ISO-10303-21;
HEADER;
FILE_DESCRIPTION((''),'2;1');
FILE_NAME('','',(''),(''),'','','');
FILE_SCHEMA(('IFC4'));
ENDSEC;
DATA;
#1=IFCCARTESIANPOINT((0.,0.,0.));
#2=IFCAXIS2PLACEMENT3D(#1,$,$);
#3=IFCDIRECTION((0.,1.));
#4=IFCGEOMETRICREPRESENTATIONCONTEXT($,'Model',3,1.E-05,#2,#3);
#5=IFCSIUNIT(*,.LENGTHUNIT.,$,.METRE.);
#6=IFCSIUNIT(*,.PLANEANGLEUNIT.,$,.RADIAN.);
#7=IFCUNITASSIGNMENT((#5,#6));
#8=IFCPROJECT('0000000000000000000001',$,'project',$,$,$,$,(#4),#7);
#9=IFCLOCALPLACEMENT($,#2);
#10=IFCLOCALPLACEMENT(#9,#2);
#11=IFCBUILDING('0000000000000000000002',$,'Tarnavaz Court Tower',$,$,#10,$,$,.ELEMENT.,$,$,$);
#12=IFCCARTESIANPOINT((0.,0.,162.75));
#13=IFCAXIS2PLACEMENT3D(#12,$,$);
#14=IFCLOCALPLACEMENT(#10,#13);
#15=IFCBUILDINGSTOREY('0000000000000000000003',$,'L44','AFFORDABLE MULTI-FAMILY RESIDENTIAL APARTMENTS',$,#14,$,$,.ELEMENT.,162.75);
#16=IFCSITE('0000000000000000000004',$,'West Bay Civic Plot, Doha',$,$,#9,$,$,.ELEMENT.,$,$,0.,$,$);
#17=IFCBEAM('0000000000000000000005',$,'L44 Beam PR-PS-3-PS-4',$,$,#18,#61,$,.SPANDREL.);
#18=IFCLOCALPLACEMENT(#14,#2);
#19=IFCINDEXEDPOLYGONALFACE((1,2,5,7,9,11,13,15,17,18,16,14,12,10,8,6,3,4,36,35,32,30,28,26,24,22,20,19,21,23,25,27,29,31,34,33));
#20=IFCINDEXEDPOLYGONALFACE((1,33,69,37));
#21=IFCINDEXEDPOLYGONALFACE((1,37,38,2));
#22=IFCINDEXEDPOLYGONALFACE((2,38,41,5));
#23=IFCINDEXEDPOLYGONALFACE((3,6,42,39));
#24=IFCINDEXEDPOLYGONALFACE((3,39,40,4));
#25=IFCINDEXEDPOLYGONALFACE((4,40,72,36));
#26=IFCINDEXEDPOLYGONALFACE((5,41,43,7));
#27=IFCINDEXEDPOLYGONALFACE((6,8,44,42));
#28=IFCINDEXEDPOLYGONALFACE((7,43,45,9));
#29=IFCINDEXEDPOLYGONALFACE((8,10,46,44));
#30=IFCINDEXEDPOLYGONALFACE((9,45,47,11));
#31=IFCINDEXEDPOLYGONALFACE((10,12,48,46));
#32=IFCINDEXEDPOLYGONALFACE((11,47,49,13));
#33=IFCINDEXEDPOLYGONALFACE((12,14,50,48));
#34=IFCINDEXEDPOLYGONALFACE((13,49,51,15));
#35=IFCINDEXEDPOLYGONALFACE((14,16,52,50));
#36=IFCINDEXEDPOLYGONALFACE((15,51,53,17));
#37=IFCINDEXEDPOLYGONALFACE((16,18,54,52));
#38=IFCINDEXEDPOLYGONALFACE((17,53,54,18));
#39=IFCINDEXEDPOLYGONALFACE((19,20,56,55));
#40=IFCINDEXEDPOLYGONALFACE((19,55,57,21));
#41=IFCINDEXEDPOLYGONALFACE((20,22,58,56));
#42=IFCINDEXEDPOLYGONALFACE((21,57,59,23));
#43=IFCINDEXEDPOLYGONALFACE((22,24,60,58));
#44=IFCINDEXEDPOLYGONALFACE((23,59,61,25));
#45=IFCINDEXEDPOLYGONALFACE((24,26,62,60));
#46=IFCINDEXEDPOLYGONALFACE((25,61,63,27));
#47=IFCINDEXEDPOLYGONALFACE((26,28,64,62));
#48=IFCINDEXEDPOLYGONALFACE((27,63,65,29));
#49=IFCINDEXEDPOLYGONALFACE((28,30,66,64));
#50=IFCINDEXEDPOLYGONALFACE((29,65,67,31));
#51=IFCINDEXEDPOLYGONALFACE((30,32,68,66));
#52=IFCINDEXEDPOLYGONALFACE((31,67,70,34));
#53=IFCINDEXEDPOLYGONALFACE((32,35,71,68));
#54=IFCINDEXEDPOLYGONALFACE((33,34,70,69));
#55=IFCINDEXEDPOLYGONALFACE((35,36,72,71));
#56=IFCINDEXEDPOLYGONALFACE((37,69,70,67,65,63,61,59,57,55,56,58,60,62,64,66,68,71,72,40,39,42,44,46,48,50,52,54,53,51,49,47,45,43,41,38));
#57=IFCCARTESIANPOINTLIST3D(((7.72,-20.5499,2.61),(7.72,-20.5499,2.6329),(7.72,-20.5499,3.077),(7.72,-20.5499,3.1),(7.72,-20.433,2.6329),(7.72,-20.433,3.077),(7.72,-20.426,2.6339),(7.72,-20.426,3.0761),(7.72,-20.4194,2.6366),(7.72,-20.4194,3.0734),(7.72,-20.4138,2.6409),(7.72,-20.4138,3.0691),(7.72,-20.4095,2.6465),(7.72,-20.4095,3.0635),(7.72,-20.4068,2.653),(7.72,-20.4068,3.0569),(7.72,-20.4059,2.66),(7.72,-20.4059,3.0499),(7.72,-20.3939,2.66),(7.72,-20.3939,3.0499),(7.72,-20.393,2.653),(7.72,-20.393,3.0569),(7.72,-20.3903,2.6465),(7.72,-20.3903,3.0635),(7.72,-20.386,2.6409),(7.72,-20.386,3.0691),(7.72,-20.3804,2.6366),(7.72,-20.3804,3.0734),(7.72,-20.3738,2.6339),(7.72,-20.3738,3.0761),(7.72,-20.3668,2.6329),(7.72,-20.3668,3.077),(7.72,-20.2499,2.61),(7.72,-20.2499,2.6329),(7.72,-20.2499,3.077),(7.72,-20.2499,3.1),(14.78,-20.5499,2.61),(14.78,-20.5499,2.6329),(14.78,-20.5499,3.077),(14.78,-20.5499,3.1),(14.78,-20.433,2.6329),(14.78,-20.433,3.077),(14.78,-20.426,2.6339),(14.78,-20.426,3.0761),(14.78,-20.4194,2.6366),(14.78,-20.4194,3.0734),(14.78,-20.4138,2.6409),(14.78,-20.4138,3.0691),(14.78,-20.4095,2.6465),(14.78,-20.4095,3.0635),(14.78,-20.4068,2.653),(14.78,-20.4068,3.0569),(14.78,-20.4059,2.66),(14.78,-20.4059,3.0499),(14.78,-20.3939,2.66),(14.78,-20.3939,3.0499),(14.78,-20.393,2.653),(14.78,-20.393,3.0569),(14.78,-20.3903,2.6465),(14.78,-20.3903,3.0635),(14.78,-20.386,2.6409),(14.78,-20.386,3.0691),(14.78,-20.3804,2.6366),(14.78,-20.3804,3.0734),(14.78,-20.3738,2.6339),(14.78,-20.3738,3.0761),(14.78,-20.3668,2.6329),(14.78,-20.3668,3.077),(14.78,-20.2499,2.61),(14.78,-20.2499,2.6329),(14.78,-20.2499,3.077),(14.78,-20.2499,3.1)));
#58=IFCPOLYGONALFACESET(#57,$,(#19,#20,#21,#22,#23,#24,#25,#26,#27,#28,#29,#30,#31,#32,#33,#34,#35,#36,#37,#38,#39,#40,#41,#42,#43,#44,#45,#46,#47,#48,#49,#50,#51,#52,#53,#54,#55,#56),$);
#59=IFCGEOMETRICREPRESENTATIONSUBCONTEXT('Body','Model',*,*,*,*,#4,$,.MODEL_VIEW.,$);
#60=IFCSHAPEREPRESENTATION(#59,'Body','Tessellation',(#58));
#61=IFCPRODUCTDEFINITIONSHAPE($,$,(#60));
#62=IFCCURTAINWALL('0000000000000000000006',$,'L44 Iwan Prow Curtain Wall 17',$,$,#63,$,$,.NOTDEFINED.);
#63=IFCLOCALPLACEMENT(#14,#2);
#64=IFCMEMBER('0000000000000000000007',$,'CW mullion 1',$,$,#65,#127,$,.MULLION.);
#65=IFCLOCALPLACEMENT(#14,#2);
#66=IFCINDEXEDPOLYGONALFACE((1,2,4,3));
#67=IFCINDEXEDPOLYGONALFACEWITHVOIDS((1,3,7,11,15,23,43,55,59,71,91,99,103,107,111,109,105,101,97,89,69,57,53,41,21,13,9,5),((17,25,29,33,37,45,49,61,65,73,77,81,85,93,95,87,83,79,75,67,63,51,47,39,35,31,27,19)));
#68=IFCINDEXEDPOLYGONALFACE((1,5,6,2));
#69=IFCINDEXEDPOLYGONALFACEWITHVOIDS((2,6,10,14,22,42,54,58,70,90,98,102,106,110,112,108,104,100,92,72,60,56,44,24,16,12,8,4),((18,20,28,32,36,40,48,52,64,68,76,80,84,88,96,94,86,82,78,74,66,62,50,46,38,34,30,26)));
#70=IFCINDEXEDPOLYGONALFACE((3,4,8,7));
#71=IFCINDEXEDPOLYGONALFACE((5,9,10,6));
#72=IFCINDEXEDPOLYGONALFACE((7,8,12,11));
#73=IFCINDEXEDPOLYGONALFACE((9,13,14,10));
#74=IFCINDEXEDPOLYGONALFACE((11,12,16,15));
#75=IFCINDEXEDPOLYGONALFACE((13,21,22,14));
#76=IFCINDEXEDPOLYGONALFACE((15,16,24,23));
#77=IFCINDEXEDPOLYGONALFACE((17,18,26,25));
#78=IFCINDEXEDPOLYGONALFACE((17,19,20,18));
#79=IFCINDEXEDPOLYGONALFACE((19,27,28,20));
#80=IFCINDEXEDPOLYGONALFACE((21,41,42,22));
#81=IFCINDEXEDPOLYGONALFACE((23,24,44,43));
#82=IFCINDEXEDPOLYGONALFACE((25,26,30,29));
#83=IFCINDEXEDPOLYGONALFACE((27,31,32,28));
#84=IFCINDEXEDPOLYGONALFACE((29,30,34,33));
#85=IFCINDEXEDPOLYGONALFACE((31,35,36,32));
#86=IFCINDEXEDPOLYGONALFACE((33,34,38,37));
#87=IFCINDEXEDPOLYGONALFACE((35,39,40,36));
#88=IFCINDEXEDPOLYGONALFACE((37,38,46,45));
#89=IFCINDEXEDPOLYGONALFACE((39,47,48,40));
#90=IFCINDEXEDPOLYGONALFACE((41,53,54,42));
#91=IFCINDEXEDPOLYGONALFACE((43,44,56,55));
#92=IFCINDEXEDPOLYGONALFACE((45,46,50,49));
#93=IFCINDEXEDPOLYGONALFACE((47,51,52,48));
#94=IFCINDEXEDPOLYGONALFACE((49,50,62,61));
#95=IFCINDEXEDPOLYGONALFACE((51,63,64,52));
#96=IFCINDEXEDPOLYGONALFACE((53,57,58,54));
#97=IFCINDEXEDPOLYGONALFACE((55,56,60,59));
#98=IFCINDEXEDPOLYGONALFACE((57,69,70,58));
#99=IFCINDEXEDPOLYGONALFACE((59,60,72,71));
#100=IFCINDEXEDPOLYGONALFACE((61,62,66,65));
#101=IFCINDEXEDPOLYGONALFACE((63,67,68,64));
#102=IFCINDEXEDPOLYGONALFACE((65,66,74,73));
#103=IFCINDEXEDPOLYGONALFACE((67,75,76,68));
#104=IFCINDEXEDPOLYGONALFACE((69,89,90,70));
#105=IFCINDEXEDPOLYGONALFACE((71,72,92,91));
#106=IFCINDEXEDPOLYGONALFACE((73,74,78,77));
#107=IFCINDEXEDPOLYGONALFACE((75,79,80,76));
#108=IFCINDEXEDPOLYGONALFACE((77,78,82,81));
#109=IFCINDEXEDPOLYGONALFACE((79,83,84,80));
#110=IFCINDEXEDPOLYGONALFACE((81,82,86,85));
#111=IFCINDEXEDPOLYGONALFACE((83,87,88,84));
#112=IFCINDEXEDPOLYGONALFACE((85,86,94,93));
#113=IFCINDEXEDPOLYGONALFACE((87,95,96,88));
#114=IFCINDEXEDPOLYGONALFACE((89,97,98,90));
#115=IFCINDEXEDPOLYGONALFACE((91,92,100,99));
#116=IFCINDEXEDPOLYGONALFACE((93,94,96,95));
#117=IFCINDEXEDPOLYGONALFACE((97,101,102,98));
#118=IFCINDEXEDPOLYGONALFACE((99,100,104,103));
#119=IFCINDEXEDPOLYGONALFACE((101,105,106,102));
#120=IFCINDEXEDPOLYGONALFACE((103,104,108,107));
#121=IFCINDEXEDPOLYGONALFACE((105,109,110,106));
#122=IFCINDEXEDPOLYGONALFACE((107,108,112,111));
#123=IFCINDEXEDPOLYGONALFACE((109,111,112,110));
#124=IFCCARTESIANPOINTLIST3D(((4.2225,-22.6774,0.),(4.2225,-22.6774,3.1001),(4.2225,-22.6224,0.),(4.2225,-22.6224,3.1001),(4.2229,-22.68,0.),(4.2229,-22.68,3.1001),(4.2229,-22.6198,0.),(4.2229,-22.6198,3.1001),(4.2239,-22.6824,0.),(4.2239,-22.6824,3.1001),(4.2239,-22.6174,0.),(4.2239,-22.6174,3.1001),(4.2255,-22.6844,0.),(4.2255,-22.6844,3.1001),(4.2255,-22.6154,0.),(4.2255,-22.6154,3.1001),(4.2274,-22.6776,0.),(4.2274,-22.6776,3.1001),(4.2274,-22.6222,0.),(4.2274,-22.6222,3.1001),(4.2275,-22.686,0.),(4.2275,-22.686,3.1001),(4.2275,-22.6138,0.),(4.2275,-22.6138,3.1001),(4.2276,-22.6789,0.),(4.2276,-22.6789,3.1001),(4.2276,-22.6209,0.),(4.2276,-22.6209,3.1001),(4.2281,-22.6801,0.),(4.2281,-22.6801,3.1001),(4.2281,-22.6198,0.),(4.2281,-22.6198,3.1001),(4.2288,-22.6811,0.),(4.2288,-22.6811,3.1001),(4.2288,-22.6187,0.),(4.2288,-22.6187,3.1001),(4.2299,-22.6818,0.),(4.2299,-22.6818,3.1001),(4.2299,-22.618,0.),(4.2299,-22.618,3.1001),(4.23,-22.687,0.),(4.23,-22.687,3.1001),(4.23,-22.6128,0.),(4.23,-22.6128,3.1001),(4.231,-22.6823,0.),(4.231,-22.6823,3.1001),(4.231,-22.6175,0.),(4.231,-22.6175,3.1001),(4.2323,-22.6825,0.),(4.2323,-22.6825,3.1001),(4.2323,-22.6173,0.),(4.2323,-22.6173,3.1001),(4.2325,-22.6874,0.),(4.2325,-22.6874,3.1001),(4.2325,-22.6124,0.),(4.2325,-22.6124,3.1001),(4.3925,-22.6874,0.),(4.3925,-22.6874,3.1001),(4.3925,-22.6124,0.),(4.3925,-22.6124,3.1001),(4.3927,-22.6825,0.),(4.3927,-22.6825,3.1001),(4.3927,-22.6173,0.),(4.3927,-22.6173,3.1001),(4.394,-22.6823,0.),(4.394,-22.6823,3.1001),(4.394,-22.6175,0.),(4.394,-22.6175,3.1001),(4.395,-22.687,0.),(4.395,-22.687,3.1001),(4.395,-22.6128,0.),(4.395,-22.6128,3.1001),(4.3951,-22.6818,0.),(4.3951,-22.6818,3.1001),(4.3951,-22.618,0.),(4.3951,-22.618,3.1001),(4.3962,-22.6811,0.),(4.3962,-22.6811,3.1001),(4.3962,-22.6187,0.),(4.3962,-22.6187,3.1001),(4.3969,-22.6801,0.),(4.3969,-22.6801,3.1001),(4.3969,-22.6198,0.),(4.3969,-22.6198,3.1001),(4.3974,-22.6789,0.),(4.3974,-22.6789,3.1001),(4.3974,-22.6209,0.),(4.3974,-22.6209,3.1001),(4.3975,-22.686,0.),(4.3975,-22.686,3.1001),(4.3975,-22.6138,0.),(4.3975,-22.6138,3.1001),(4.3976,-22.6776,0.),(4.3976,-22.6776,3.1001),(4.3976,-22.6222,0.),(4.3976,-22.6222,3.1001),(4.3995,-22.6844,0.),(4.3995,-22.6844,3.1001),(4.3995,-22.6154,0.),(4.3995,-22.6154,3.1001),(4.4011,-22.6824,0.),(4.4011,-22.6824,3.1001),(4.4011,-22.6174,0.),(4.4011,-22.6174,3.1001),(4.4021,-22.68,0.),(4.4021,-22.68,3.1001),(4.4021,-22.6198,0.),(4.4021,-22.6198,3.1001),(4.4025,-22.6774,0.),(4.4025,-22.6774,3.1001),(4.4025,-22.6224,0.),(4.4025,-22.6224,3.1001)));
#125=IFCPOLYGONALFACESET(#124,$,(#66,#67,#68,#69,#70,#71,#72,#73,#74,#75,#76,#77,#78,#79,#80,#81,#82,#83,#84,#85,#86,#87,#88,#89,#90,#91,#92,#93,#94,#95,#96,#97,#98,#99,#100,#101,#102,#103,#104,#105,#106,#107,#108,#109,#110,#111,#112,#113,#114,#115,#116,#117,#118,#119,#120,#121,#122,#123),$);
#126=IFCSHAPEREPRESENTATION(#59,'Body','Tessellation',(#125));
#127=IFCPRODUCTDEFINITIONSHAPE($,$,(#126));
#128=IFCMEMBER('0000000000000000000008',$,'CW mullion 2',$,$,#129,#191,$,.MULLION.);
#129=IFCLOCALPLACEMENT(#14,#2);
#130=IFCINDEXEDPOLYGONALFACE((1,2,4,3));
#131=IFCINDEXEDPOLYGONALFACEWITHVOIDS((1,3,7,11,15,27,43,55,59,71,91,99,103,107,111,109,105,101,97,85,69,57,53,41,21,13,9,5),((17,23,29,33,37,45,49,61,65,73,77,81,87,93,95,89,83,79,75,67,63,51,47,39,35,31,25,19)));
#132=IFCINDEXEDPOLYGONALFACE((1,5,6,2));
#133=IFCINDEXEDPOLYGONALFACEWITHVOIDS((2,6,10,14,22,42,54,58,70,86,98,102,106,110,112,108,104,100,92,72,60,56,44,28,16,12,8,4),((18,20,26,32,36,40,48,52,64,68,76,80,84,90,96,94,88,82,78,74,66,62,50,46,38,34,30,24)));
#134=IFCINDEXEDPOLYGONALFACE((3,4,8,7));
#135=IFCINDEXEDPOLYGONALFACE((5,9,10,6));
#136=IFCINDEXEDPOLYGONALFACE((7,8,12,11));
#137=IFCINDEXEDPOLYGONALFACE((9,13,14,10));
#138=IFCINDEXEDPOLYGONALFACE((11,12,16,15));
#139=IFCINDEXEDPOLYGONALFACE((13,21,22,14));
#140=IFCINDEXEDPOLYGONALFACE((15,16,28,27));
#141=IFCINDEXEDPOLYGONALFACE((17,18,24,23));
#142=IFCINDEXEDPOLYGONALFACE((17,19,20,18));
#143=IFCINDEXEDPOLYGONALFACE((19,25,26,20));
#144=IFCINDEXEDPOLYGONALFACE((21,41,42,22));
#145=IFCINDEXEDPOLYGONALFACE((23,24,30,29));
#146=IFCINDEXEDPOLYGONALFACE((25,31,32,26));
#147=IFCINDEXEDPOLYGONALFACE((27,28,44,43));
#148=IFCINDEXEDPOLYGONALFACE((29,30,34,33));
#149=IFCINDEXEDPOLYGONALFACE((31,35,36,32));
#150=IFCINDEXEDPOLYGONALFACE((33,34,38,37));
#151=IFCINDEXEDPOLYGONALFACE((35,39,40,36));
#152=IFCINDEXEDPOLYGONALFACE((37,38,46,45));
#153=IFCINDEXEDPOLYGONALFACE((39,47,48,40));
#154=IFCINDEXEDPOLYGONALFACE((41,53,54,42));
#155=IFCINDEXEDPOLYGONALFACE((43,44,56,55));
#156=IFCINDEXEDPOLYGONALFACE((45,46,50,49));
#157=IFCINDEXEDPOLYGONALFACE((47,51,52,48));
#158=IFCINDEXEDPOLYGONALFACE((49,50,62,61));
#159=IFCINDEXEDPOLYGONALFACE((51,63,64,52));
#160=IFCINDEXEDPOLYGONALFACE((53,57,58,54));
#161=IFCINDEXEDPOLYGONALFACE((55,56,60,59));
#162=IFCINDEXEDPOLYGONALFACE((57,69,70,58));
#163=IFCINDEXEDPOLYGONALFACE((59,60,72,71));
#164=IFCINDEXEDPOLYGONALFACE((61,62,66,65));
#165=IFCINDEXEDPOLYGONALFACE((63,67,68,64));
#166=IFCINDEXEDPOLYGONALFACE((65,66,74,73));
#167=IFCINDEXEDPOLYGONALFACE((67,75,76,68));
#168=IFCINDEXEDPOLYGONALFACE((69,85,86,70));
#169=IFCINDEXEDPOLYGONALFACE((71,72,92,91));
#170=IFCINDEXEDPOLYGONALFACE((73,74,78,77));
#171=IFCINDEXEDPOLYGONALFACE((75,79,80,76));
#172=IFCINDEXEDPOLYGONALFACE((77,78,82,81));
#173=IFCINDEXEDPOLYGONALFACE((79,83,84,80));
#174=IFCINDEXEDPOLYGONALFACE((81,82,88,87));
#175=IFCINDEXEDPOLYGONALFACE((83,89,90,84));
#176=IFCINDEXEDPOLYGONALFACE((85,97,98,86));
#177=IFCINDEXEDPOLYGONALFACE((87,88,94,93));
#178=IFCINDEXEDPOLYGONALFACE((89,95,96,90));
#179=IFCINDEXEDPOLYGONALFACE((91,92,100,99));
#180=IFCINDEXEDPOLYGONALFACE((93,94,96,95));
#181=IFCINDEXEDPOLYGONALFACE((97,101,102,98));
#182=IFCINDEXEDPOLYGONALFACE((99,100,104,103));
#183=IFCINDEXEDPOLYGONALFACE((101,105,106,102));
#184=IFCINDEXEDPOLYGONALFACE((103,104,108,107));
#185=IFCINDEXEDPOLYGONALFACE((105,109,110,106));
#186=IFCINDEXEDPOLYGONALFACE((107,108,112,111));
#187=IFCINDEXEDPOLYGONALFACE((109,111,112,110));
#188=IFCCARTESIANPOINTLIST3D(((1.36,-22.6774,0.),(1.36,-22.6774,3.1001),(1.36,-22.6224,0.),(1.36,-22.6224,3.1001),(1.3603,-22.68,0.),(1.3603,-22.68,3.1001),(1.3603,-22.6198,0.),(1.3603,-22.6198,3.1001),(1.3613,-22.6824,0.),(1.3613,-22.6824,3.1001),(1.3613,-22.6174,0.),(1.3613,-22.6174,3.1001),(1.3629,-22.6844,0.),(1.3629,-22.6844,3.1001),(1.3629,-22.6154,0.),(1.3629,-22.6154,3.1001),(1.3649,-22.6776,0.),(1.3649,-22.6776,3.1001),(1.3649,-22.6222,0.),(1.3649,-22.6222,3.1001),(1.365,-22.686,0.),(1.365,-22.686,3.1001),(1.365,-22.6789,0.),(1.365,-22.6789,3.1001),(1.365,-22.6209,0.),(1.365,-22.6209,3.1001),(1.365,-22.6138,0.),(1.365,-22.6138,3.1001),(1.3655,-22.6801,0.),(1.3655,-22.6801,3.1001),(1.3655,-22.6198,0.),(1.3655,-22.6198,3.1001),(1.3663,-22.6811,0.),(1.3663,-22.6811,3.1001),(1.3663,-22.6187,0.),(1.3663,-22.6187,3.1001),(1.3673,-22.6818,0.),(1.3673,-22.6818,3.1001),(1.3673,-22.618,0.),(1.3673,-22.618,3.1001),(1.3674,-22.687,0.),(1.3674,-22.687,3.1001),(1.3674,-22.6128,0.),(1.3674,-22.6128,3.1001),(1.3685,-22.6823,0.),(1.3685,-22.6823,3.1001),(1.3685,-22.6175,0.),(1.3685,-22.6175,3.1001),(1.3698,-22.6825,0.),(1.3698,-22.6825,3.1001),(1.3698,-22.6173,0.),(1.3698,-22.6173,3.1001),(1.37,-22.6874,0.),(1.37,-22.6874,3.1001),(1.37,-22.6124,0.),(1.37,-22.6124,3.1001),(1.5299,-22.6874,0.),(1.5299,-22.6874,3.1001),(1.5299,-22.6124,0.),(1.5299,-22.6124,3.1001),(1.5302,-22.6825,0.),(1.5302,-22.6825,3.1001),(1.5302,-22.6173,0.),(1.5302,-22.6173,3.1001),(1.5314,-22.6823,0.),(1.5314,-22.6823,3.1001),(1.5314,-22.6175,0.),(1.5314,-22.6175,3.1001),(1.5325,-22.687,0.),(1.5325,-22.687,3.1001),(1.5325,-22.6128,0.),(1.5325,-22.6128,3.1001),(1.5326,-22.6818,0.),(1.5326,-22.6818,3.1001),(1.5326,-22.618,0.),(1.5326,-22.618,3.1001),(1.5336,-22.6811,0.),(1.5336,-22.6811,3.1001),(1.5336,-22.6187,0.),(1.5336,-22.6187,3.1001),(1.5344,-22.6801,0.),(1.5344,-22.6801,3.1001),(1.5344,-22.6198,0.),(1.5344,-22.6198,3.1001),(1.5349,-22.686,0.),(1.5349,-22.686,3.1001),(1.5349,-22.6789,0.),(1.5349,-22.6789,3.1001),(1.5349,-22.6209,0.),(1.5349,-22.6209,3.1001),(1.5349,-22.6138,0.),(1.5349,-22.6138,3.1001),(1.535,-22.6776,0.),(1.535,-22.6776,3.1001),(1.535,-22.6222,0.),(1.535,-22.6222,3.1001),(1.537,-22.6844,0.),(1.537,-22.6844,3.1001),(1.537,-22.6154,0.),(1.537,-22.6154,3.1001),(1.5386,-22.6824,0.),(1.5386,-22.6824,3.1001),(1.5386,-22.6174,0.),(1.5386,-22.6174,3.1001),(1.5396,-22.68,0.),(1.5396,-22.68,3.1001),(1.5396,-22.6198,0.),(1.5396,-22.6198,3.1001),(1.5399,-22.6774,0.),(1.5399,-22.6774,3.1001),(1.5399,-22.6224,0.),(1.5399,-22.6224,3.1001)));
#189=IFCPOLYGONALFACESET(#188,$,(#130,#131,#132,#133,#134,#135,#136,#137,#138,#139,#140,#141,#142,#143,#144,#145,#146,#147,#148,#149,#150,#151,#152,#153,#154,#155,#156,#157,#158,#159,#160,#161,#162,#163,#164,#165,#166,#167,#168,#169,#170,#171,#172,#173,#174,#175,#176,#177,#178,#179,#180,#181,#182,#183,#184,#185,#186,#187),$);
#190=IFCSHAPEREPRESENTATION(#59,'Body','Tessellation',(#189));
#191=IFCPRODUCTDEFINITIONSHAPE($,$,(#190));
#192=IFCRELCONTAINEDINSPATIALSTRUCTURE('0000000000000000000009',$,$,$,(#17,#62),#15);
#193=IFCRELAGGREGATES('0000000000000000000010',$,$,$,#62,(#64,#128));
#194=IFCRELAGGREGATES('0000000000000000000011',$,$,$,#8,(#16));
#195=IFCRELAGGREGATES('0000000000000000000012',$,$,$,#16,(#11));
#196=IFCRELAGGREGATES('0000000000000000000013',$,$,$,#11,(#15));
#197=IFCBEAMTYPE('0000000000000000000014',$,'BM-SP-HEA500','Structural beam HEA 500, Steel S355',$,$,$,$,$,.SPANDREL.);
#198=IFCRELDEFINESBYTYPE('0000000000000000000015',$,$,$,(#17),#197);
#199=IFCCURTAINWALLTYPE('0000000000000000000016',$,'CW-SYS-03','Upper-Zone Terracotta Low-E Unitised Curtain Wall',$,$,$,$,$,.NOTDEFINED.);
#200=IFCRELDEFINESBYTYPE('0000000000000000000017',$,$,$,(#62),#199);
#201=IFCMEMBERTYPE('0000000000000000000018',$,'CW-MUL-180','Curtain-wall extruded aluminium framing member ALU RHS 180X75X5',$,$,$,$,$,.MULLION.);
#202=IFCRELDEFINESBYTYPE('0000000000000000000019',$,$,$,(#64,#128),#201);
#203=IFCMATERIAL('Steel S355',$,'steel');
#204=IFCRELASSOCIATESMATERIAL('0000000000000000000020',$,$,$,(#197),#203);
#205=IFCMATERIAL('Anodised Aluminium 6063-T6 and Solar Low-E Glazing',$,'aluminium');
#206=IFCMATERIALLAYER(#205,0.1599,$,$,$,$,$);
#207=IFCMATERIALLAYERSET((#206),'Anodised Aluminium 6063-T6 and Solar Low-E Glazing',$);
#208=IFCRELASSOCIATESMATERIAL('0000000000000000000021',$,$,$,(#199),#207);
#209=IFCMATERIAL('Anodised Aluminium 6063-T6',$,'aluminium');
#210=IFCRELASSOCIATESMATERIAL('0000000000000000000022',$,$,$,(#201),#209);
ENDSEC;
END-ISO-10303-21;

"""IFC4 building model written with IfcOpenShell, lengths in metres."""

from ifc_helpers import new_model, si_unit, direction, frame, origin, origin_2d, place, context, subcontext, project, spatial, hollow_rectangle, i_section, extrude, material, layer, layer_set, material_profile, profile_set, type_object, element, aggregate, save


model = new_model("IFC4")

# Units and contexts
model_context = context("Model", 3, precision=1e-05, world=origin(), true_north=direction((0.0, 1.0)))
body_context = subcontext(model_context, "Body", "Model", "MODEL_VIEW")
ifc_project = project(units=[si_unit("LENGTHUNIT", "METRE"), si_unit("PLANEANGLEUNIT", "RADIAN")], contexts=[model_context])

# Site, building, storey
site_placement = place(None, origin())
site = spatial("IfcSite", under=ifc_project, at=site_placement, Name="West Bay Civic Plot, Doha", CompositionType="ELEMENT", RefElevation=0.0)
building_placement = place(site_placement, origin())
building = spatial("IfcBuilding", under=site, at=building_placement, Name="Tarnavaz Court Tower", CompositionType="ELEMENT")
storey_placement = place(building_placement, frame((0.0, 0.0, 162.75)))
storey = spatial("IfcBuildingStorey", under=building, at=storey_placement, Name="L44", Description="AFFORDABLE MULTI-FAMILY RESIDENTIAL APARTMENTS", CompositionType="ELEMENT", Elevation=162.75)

# Beam
ifc_material_1 = material(Name="Steel S355", Category="steel")
ifc_material_profile_1 = material_profile(ifc_material_1, i_section(OverallWidth=0.3, OverallDepth=0.49, WebThickness=0.012, FlangeThickness=0.0229, FilletRadius=0.0271, at=origin_2d()), Name="HEA 500")
ifc_profile_set_1 = profile_set([ifc_material_profile_1], Name="Steel S355")
beam_type_1 = type_object("IfcBeamType", Name="BM-SP-HEA500", Description="Structural beam HEA 500, Steel S355", PredefinedType="SPANDREL", material=ifc_profile_set_1)
beam_placement = place(storey_placement, frame((7.72, -20.3999, 2.855), z_axis=(1.0, 0.0, 0.0), x_axis=(0.0, 1.0, 0.0)))
element("IfcBeam", 1, at=beam_placement, inside=storey, type_object=beam_type_1, Name="L44 Beam PR-PS-3-PS-4", PredefinedType="SPANDREL", context=body_context, shape_type="SweptSolid", body=[
    extrude(i_section(OverallWidth=0.3, OverallDepth=0.49, WebThickness=0.012, FlangeThickness=0.0229, FilletRadius=0.0271, at=origin_2d()), origin(), (0.0, 0.0, 1.0), 7.0601),
])

# Curtain wall, members
ifc_material_2 = material(Name="Anodised Aluminium 6063-T6 and Solar Low-E Glazing", Category="aluminium")
ifc_layer_1 = layer(ifc_material_2, 0.1599)
ifc_layer_set_1 = layer_set([ifc_layer_1], Name="Anodised Aluminium 6063-T6 and Solar Low-E Glazing")
curtain_wall_type = type_object("IfcCurtainWallType", Name="CW-SYS-03", Description="Upper-Zone Terracotta Low-E Unitised Curtain Wall", PredefinedType="NOTDEFINED", material=ifc_layer_set_1)
curtain_wall_placement = place(storey_placement, origin())
curtain_wall = element("IfcCurtainWall", 2, at=curtain_wall_placement, inside=storey, type_object=curtain_wall_type, Name="L44 Iwan Prow Curtain Wall 17", PredefinedType="NOTDEFINED")
ifc_material_3 = material(Name="Anodised Aluminium 6063-T6", Category="aluminium")
ifc_material_profile_2 = material_profile(ifc_material_3, hollow_rectangle(XDim=0.075, YDim=0.1799, WallThickness=0.0049, InnerFilletRadius=0.0049, OuterFilletRadius=0.01, at=origin_2d()), Name="ALU RHS 180X75X5")
ifc_profile_set_2 = profile_set([ifc_material_profile_2], Name="Anodised Aluminium 6063-T6")
member_type_1 = type_object("IfcMemberType", Name="CW-MUL-180", Description="Curtain-wall extruded aluminium framing member ALU RHS 180X75X5", PredefinedType="MULLION", material=ifc_profile_set_2)
member_1_placement = place(storey_placement, frame((4.3125, -22.6499, 0.0), z_axis=(0.0, 0.0, 1.0), x_axis=(0.0, -1.0, 0.0)))
member_1 = element("IfcMember", 3, at=member_1_placement, type_object=member_type_1, Name="CW mullion 1", PredefinedType="MULLION", context=body_context, shape_type="SweptSolid", body=[
    extrude(hollow_rectangle(XDim=0.075, YDim=0.1799, WallThickness=0.0049, InnerFilletRadius=0.0049, OuterFilletRadius=0.01, at=origin_2d()), origin(), (0.0, 0.0, 1.0), 3.1001),
])
member_2_placement = place(storey_placement, frame((1.45, -22.6499, 0.0), z_axis=(0.0, 0.0, 1.0), x_axis=(0.0, -1.0, 0.0)))
member_2 = element("IfcMember", 4, at=member_2_placement, type_object=member_type_1, Name="CW mullion 2", PredefinedType="MULLION", context=body_context, shape_type="SweptSolid", body=[
    extrude(hollow_rectangle(XDim=0.075, YDim=0.1799, WallThickness=0.0049, InnerFilletRadius=0.0049, OuterFilletRadius=0.01, at=origin_2d()), origin(), (0.0, 0.0, 1.0), 3.1001),
])
aggregate(curtain_wall, [member_1, member_2])

save(model, "model.ifc")
